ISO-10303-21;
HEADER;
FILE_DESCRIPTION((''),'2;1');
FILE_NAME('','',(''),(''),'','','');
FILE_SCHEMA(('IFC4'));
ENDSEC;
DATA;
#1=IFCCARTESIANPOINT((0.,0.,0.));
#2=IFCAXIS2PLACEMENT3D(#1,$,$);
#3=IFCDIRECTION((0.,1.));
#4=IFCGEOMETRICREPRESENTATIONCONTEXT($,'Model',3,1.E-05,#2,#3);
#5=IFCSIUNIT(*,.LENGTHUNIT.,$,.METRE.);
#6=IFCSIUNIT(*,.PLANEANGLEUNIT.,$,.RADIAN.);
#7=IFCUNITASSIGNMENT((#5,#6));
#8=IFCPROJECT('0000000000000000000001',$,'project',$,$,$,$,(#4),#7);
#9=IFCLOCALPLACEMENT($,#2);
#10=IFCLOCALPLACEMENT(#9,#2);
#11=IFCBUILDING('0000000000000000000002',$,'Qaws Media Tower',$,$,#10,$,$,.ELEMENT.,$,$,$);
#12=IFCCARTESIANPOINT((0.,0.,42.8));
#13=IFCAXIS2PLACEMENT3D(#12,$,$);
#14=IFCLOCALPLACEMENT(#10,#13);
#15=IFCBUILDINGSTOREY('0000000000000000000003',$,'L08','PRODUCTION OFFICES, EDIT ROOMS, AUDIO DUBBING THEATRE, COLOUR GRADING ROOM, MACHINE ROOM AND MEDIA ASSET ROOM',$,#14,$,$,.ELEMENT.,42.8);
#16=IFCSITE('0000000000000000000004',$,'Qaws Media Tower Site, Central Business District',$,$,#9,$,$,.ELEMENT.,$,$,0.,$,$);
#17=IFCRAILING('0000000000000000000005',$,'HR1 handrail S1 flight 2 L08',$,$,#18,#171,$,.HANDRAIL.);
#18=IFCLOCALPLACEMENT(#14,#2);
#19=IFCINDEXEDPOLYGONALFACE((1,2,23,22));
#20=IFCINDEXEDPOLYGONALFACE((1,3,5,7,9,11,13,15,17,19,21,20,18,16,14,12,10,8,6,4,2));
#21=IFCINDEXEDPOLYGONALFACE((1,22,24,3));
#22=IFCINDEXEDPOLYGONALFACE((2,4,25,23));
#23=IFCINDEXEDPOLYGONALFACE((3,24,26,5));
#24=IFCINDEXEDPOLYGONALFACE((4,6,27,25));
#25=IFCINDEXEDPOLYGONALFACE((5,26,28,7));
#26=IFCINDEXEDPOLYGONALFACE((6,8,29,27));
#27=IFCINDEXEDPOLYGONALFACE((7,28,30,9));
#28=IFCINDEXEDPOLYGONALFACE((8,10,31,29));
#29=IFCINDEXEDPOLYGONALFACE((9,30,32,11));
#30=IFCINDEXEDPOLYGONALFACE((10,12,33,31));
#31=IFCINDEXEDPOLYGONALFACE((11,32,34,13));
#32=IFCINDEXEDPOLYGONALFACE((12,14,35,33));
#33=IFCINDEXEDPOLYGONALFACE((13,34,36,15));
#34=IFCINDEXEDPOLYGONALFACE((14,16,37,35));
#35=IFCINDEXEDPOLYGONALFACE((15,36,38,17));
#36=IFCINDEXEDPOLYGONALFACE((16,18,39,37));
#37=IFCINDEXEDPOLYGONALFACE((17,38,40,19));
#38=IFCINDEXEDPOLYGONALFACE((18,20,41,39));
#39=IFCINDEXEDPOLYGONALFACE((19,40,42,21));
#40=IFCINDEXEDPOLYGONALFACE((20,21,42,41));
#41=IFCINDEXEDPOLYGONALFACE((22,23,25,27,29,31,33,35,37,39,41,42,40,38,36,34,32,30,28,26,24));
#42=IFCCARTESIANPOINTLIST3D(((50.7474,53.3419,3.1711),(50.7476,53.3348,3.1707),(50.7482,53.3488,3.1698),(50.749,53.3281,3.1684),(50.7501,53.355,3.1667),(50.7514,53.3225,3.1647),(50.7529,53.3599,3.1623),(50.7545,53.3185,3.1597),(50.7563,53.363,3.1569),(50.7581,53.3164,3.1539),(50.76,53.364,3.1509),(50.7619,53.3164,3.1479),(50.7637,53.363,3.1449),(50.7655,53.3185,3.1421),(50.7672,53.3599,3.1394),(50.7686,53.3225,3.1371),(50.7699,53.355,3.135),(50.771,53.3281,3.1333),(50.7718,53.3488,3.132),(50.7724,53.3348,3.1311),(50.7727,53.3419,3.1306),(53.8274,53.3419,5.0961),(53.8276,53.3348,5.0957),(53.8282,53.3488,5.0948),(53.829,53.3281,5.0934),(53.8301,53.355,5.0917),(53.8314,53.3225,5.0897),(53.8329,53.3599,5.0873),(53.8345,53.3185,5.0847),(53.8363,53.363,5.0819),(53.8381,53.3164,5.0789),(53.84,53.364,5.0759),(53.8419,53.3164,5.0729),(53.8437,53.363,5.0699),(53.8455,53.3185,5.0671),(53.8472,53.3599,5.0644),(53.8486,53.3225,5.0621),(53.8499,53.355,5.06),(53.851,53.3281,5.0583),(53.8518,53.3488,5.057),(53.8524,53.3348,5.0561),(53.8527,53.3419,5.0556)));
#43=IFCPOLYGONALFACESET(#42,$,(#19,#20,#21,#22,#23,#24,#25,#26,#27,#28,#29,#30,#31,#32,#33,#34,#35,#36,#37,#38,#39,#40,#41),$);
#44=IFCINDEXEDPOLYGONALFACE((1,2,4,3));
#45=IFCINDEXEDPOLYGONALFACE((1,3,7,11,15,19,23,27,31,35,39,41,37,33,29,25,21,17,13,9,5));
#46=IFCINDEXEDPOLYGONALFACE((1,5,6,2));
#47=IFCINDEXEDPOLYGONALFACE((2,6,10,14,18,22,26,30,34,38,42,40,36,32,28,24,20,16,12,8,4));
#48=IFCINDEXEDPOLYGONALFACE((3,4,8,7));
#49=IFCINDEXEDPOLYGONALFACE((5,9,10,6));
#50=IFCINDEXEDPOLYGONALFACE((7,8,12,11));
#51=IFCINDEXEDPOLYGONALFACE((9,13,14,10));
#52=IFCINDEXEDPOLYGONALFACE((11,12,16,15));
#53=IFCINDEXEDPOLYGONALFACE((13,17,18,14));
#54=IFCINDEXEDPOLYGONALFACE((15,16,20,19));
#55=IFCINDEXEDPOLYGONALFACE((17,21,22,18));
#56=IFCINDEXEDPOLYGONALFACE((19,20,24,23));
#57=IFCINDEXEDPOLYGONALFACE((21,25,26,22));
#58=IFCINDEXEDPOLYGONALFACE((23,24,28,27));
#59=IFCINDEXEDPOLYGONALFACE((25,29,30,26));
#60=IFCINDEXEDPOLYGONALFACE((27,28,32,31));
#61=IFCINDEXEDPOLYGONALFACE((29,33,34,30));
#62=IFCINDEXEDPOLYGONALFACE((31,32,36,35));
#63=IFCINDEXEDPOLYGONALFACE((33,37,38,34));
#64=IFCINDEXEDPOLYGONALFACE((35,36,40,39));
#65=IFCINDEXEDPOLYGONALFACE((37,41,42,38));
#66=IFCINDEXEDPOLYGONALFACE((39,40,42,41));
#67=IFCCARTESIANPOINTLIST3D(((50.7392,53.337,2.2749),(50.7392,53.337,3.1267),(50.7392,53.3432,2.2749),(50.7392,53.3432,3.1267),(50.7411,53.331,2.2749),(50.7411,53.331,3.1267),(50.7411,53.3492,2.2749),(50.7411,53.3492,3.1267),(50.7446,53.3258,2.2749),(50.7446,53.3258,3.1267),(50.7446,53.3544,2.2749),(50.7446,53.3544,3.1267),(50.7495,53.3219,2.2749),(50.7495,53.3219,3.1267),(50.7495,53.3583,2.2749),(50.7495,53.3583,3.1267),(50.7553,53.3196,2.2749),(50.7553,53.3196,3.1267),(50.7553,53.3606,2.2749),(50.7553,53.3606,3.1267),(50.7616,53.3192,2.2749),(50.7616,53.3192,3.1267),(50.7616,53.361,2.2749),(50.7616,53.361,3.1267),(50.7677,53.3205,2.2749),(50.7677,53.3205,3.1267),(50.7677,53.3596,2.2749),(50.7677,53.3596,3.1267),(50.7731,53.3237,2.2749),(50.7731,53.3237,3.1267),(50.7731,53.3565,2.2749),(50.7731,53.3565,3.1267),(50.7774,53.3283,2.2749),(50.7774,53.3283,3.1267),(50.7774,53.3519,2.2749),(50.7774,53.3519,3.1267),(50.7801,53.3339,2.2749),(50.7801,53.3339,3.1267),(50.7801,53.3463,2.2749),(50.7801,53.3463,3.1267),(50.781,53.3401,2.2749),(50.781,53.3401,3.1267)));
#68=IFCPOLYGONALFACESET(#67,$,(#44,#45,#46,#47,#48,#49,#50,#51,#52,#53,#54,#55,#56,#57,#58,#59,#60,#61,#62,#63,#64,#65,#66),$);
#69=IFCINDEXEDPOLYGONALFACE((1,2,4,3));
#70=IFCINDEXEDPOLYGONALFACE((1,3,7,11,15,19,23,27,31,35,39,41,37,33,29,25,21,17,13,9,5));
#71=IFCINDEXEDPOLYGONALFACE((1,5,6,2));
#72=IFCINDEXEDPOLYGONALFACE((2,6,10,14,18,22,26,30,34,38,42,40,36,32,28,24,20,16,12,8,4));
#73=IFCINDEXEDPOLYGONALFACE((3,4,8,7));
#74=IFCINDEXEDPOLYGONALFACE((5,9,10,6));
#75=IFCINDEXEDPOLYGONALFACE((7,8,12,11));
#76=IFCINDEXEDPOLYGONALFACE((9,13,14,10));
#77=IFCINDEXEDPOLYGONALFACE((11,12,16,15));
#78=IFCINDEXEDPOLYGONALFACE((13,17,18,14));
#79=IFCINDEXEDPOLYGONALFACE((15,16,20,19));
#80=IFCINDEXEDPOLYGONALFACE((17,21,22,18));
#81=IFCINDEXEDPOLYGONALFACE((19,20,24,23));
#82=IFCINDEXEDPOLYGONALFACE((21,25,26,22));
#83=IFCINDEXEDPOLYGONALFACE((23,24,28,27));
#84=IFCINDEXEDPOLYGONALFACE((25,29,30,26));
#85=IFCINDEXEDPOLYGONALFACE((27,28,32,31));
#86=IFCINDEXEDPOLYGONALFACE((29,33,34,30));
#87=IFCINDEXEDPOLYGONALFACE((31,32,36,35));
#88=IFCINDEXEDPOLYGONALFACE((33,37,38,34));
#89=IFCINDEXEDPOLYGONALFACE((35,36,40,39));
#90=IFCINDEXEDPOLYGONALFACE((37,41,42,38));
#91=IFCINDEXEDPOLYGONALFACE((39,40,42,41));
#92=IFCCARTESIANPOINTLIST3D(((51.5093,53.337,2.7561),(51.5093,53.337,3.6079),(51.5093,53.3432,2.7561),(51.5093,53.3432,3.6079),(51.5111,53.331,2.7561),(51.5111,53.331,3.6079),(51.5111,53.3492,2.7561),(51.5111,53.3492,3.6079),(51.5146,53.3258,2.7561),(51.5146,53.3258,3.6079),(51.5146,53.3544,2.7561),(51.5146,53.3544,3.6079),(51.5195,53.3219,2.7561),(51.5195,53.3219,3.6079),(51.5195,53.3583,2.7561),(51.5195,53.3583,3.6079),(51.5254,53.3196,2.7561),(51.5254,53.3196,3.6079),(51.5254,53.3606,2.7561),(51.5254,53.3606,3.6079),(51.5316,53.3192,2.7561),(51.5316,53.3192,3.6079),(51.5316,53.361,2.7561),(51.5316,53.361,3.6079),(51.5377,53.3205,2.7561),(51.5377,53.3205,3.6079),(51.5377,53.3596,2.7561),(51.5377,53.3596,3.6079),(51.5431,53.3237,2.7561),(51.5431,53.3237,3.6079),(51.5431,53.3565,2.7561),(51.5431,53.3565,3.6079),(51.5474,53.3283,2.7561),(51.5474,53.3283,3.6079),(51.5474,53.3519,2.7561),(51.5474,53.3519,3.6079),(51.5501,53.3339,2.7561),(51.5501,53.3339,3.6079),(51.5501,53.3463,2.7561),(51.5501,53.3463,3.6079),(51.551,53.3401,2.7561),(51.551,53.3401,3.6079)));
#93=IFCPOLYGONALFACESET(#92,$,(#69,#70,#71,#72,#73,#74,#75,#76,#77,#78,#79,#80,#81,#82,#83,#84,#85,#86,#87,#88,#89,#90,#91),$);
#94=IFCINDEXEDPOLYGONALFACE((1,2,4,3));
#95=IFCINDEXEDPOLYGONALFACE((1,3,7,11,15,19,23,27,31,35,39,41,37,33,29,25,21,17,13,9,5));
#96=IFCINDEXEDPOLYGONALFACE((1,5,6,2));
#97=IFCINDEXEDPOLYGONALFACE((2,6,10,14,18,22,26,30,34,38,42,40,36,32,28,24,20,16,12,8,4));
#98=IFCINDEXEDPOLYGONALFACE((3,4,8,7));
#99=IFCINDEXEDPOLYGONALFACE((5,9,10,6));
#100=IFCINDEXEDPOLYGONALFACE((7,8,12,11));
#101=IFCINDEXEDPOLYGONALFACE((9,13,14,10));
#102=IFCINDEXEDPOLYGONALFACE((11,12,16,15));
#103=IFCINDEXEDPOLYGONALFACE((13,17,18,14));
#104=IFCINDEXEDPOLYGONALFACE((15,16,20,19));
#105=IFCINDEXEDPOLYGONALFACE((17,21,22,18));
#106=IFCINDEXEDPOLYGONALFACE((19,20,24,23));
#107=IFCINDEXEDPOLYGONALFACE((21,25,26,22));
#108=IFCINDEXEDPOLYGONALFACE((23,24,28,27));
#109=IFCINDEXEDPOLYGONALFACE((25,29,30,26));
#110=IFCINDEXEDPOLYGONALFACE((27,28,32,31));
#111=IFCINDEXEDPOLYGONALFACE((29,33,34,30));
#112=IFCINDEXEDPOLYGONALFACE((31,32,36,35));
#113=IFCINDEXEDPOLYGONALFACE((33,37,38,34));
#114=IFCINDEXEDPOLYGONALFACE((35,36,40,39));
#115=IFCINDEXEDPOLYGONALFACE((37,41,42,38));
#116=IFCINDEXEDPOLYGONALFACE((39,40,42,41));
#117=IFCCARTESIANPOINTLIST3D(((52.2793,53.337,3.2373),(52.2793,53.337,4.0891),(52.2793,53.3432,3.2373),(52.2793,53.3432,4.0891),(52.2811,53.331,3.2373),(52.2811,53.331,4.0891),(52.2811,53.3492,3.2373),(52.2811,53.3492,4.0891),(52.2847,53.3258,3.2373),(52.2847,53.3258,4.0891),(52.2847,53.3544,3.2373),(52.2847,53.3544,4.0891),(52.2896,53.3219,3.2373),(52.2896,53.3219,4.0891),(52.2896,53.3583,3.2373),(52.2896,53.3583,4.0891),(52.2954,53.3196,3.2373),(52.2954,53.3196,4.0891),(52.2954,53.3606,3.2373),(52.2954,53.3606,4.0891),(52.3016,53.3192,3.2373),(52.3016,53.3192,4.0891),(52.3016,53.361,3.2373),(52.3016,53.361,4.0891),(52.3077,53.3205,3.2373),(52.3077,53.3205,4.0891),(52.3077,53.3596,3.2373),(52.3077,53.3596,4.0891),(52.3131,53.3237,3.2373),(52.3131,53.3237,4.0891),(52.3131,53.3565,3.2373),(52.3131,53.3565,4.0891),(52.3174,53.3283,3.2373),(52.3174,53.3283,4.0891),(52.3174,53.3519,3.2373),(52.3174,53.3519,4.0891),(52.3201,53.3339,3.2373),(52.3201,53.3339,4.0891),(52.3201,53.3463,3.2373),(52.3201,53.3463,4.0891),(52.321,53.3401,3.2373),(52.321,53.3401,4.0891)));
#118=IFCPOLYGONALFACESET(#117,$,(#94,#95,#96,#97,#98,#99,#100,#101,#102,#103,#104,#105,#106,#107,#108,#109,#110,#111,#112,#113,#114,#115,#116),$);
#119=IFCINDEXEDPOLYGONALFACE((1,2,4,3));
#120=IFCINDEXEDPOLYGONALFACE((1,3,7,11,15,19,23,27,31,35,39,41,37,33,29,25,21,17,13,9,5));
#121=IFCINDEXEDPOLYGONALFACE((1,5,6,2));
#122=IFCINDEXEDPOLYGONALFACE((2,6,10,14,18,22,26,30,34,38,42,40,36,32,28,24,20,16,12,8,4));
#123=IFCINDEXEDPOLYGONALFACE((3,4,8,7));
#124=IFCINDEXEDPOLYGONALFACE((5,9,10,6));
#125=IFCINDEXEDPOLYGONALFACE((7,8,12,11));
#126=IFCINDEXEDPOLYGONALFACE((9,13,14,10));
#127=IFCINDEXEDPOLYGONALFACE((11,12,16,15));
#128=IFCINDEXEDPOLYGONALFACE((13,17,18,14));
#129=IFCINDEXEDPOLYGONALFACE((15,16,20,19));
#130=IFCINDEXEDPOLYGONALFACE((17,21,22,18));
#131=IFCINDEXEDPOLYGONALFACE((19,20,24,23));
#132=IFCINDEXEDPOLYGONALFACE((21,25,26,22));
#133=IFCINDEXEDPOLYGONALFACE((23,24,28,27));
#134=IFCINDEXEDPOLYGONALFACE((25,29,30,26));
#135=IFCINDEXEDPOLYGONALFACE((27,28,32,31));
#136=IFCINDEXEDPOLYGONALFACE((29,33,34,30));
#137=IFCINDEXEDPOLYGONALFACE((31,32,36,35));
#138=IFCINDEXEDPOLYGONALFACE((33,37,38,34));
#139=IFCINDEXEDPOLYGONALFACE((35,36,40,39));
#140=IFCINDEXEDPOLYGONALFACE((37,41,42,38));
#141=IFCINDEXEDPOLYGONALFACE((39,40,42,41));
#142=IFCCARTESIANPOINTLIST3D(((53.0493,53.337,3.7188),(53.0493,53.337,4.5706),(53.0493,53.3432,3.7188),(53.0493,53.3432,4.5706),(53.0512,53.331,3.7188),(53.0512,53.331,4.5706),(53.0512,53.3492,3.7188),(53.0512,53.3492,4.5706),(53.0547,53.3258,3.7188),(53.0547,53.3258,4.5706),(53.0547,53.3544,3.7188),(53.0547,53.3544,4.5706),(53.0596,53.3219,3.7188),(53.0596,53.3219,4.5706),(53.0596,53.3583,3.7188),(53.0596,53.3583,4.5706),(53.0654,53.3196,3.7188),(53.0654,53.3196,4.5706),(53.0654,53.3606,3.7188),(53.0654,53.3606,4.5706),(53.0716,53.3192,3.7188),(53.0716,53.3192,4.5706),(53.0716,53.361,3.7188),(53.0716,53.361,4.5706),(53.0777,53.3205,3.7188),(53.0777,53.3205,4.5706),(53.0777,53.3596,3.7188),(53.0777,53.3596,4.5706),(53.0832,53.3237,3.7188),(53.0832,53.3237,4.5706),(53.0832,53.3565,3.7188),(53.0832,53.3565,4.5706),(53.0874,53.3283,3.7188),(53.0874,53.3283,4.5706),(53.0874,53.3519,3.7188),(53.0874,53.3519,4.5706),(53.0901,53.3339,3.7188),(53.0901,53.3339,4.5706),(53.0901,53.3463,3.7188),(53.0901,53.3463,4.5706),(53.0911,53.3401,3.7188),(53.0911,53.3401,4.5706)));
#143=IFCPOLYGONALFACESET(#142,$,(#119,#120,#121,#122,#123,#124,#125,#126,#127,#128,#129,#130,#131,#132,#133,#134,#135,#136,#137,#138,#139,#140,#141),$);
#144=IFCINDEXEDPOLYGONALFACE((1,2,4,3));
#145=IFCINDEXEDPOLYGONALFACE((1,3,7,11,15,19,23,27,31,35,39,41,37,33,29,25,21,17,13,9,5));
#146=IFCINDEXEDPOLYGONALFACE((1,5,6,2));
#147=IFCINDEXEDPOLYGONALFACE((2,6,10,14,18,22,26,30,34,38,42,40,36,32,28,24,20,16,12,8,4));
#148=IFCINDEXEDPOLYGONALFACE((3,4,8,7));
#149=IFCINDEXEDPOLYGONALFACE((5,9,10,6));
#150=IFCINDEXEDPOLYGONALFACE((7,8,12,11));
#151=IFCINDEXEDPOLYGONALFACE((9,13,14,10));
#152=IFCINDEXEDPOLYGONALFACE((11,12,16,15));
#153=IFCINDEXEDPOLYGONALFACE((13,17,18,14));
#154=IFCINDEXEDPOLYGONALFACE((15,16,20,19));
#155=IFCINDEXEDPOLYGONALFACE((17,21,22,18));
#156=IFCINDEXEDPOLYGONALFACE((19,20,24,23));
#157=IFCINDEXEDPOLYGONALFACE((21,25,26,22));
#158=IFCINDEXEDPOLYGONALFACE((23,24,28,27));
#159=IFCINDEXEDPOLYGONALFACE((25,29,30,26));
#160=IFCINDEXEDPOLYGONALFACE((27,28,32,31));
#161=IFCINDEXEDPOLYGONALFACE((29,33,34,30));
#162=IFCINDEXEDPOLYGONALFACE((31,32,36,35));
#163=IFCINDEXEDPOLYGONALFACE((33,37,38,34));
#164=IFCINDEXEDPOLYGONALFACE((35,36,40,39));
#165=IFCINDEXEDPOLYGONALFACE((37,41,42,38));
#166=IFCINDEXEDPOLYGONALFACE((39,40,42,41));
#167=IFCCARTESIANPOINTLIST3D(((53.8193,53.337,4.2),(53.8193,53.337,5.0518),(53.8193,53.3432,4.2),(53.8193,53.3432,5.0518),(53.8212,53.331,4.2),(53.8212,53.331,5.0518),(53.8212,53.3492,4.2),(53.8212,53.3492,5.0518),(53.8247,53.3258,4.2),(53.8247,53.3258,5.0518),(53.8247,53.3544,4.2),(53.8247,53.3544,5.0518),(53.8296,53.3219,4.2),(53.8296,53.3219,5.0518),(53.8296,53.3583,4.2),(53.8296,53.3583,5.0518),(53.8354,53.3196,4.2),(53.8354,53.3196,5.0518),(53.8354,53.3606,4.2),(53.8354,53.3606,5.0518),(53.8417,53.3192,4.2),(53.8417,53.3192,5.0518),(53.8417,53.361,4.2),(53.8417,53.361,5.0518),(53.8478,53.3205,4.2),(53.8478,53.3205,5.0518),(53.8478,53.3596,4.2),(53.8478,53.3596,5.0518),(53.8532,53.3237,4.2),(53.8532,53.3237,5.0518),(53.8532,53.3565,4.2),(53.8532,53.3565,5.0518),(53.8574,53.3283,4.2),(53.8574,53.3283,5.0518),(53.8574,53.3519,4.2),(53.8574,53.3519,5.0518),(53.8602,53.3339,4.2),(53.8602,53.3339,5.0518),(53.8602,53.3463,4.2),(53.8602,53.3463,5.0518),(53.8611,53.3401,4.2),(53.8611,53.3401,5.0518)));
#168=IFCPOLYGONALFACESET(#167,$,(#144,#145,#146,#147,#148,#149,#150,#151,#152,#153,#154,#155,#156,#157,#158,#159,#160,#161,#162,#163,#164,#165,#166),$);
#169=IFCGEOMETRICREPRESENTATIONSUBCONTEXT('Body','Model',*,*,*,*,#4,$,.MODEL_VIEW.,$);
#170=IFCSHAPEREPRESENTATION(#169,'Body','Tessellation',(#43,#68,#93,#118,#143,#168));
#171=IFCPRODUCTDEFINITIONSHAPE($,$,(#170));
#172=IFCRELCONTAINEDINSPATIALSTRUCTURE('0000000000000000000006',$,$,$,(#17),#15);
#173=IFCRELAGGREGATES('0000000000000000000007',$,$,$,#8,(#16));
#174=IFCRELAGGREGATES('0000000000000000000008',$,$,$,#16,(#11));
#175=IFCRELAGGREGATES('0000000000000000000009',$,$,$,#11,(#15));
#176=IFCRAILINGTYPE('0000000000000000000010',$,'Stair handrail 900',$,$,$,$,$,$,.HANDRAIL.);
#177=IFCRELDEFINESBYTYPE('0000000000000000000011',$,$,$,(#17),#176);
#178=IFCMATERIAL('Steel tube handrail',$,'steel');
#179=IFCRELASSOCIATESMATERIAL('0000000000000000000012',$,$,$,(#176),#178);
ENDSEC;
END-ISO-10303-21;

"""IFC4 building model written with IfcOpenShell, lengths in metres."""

from ifc_helpers import new_model, si_unit, direction, frame, origin, origin_2d, place, context, subcontext, project, spatial, circle, extrude, material, type_object, element, save


model = new_model("IFC4")

# Units and contexts
model_context = context("Model", 3, precision=1e-05, world=origin(), true_north=direction((0.0, 1.0)))
body_context = subcontext(model_context, "Body", "Model", "MODEL_VIEW")
ifc_project = project(units=[si_unit("LENGTHUNIT", "METRE"), si_unit("PLANEANGLEUNIT", "RADIAN")], contexts=[model_context])

# Site, building, storey
site_placement = place(None, origin())
site = spatial("IfcSite", under=ifc_project, at=site_placement, Name="Qaws Media Tower Site, Central Business District", CompositionType="ELEMENT", RefElevation=0.0)
building_placement = place(site_placement, origin())
building = spatial("IfcBuilding", under=site, at=building_placement, Name="Qaws Media Tower", CompositionType="ELEMENT")
storey_placement = place(building_placement, frame((0.0, 0.0, 42.8)))
storey = spatial("IfcBuildingStorey", under=building, at=storey_placement, Name="L08", Description="PRODUCTION OFFICES, EDIT ROOMS, AUDIO DUBBING THEATRE, COLOUR GRADING ROOM, MACHINE ROOM AND MEDIA ASSET ROOM", CompositionType="ELEMENT", Elevation=42.8)

# Railing
ifc_material_1 = material(Name="Steel tube handrail", Category="steel")
railing_type = type_object("IfcRailingType", Name="Stair handrail 900", PredefinedType="HANDRAIL", material=ifc_material_1)
for number, where, name in (
    (1, (50.76, 53.3401, 2.2749), "HR1 handrail S1 flight 2 L08"),
):
    element("IfcRailing", number, at=place(storey_placement, frame(where)), inside=storey, type_object=railing_type, Name=name, PredefinedType="HANDRAIL", context=body_context, shape_type="SweptSolid", body=[
        extrude(circle(Radius=0.0239, at=origin_2d()), frame((0.0, 0.0, 0.876), z_axis=(0.847998, 0.0, 0.529999), x_axis=(0.0, 1.0, 0.0)), (0.0, 0.0, 1.0), 3.6321),
        extrude(circle(Radius=0.021, at=origin_2d()), origin(), (0.0, 0.0, 1.0), 0.8518),
        extrude(circle(Radius=0.021, at=origin_2d()), frame((0.77, 0.0, 0.4812)), (0.0, 0.0, 1.0), 0.8518),
        extrude(circle(Radius=0.021, at=origin_2d()), frame((1.54, 0.0, 0.9624)), (0.0, 0.0, 1.0), 0.8518),
        extrude(circle(Radius=0.021, at=origin_2d()), frame((2.3101, 0.0, 1.4438)), (0.0, 0.0, 1.0), 0.8518),
        extrude(circle(Radius=0.021, at=origin_2d()), frame((3.0801, 0.0, 1.925)), (0.0, 0.0, 1.0), 0.8518),
    ])

save(model, "model.ifc")
